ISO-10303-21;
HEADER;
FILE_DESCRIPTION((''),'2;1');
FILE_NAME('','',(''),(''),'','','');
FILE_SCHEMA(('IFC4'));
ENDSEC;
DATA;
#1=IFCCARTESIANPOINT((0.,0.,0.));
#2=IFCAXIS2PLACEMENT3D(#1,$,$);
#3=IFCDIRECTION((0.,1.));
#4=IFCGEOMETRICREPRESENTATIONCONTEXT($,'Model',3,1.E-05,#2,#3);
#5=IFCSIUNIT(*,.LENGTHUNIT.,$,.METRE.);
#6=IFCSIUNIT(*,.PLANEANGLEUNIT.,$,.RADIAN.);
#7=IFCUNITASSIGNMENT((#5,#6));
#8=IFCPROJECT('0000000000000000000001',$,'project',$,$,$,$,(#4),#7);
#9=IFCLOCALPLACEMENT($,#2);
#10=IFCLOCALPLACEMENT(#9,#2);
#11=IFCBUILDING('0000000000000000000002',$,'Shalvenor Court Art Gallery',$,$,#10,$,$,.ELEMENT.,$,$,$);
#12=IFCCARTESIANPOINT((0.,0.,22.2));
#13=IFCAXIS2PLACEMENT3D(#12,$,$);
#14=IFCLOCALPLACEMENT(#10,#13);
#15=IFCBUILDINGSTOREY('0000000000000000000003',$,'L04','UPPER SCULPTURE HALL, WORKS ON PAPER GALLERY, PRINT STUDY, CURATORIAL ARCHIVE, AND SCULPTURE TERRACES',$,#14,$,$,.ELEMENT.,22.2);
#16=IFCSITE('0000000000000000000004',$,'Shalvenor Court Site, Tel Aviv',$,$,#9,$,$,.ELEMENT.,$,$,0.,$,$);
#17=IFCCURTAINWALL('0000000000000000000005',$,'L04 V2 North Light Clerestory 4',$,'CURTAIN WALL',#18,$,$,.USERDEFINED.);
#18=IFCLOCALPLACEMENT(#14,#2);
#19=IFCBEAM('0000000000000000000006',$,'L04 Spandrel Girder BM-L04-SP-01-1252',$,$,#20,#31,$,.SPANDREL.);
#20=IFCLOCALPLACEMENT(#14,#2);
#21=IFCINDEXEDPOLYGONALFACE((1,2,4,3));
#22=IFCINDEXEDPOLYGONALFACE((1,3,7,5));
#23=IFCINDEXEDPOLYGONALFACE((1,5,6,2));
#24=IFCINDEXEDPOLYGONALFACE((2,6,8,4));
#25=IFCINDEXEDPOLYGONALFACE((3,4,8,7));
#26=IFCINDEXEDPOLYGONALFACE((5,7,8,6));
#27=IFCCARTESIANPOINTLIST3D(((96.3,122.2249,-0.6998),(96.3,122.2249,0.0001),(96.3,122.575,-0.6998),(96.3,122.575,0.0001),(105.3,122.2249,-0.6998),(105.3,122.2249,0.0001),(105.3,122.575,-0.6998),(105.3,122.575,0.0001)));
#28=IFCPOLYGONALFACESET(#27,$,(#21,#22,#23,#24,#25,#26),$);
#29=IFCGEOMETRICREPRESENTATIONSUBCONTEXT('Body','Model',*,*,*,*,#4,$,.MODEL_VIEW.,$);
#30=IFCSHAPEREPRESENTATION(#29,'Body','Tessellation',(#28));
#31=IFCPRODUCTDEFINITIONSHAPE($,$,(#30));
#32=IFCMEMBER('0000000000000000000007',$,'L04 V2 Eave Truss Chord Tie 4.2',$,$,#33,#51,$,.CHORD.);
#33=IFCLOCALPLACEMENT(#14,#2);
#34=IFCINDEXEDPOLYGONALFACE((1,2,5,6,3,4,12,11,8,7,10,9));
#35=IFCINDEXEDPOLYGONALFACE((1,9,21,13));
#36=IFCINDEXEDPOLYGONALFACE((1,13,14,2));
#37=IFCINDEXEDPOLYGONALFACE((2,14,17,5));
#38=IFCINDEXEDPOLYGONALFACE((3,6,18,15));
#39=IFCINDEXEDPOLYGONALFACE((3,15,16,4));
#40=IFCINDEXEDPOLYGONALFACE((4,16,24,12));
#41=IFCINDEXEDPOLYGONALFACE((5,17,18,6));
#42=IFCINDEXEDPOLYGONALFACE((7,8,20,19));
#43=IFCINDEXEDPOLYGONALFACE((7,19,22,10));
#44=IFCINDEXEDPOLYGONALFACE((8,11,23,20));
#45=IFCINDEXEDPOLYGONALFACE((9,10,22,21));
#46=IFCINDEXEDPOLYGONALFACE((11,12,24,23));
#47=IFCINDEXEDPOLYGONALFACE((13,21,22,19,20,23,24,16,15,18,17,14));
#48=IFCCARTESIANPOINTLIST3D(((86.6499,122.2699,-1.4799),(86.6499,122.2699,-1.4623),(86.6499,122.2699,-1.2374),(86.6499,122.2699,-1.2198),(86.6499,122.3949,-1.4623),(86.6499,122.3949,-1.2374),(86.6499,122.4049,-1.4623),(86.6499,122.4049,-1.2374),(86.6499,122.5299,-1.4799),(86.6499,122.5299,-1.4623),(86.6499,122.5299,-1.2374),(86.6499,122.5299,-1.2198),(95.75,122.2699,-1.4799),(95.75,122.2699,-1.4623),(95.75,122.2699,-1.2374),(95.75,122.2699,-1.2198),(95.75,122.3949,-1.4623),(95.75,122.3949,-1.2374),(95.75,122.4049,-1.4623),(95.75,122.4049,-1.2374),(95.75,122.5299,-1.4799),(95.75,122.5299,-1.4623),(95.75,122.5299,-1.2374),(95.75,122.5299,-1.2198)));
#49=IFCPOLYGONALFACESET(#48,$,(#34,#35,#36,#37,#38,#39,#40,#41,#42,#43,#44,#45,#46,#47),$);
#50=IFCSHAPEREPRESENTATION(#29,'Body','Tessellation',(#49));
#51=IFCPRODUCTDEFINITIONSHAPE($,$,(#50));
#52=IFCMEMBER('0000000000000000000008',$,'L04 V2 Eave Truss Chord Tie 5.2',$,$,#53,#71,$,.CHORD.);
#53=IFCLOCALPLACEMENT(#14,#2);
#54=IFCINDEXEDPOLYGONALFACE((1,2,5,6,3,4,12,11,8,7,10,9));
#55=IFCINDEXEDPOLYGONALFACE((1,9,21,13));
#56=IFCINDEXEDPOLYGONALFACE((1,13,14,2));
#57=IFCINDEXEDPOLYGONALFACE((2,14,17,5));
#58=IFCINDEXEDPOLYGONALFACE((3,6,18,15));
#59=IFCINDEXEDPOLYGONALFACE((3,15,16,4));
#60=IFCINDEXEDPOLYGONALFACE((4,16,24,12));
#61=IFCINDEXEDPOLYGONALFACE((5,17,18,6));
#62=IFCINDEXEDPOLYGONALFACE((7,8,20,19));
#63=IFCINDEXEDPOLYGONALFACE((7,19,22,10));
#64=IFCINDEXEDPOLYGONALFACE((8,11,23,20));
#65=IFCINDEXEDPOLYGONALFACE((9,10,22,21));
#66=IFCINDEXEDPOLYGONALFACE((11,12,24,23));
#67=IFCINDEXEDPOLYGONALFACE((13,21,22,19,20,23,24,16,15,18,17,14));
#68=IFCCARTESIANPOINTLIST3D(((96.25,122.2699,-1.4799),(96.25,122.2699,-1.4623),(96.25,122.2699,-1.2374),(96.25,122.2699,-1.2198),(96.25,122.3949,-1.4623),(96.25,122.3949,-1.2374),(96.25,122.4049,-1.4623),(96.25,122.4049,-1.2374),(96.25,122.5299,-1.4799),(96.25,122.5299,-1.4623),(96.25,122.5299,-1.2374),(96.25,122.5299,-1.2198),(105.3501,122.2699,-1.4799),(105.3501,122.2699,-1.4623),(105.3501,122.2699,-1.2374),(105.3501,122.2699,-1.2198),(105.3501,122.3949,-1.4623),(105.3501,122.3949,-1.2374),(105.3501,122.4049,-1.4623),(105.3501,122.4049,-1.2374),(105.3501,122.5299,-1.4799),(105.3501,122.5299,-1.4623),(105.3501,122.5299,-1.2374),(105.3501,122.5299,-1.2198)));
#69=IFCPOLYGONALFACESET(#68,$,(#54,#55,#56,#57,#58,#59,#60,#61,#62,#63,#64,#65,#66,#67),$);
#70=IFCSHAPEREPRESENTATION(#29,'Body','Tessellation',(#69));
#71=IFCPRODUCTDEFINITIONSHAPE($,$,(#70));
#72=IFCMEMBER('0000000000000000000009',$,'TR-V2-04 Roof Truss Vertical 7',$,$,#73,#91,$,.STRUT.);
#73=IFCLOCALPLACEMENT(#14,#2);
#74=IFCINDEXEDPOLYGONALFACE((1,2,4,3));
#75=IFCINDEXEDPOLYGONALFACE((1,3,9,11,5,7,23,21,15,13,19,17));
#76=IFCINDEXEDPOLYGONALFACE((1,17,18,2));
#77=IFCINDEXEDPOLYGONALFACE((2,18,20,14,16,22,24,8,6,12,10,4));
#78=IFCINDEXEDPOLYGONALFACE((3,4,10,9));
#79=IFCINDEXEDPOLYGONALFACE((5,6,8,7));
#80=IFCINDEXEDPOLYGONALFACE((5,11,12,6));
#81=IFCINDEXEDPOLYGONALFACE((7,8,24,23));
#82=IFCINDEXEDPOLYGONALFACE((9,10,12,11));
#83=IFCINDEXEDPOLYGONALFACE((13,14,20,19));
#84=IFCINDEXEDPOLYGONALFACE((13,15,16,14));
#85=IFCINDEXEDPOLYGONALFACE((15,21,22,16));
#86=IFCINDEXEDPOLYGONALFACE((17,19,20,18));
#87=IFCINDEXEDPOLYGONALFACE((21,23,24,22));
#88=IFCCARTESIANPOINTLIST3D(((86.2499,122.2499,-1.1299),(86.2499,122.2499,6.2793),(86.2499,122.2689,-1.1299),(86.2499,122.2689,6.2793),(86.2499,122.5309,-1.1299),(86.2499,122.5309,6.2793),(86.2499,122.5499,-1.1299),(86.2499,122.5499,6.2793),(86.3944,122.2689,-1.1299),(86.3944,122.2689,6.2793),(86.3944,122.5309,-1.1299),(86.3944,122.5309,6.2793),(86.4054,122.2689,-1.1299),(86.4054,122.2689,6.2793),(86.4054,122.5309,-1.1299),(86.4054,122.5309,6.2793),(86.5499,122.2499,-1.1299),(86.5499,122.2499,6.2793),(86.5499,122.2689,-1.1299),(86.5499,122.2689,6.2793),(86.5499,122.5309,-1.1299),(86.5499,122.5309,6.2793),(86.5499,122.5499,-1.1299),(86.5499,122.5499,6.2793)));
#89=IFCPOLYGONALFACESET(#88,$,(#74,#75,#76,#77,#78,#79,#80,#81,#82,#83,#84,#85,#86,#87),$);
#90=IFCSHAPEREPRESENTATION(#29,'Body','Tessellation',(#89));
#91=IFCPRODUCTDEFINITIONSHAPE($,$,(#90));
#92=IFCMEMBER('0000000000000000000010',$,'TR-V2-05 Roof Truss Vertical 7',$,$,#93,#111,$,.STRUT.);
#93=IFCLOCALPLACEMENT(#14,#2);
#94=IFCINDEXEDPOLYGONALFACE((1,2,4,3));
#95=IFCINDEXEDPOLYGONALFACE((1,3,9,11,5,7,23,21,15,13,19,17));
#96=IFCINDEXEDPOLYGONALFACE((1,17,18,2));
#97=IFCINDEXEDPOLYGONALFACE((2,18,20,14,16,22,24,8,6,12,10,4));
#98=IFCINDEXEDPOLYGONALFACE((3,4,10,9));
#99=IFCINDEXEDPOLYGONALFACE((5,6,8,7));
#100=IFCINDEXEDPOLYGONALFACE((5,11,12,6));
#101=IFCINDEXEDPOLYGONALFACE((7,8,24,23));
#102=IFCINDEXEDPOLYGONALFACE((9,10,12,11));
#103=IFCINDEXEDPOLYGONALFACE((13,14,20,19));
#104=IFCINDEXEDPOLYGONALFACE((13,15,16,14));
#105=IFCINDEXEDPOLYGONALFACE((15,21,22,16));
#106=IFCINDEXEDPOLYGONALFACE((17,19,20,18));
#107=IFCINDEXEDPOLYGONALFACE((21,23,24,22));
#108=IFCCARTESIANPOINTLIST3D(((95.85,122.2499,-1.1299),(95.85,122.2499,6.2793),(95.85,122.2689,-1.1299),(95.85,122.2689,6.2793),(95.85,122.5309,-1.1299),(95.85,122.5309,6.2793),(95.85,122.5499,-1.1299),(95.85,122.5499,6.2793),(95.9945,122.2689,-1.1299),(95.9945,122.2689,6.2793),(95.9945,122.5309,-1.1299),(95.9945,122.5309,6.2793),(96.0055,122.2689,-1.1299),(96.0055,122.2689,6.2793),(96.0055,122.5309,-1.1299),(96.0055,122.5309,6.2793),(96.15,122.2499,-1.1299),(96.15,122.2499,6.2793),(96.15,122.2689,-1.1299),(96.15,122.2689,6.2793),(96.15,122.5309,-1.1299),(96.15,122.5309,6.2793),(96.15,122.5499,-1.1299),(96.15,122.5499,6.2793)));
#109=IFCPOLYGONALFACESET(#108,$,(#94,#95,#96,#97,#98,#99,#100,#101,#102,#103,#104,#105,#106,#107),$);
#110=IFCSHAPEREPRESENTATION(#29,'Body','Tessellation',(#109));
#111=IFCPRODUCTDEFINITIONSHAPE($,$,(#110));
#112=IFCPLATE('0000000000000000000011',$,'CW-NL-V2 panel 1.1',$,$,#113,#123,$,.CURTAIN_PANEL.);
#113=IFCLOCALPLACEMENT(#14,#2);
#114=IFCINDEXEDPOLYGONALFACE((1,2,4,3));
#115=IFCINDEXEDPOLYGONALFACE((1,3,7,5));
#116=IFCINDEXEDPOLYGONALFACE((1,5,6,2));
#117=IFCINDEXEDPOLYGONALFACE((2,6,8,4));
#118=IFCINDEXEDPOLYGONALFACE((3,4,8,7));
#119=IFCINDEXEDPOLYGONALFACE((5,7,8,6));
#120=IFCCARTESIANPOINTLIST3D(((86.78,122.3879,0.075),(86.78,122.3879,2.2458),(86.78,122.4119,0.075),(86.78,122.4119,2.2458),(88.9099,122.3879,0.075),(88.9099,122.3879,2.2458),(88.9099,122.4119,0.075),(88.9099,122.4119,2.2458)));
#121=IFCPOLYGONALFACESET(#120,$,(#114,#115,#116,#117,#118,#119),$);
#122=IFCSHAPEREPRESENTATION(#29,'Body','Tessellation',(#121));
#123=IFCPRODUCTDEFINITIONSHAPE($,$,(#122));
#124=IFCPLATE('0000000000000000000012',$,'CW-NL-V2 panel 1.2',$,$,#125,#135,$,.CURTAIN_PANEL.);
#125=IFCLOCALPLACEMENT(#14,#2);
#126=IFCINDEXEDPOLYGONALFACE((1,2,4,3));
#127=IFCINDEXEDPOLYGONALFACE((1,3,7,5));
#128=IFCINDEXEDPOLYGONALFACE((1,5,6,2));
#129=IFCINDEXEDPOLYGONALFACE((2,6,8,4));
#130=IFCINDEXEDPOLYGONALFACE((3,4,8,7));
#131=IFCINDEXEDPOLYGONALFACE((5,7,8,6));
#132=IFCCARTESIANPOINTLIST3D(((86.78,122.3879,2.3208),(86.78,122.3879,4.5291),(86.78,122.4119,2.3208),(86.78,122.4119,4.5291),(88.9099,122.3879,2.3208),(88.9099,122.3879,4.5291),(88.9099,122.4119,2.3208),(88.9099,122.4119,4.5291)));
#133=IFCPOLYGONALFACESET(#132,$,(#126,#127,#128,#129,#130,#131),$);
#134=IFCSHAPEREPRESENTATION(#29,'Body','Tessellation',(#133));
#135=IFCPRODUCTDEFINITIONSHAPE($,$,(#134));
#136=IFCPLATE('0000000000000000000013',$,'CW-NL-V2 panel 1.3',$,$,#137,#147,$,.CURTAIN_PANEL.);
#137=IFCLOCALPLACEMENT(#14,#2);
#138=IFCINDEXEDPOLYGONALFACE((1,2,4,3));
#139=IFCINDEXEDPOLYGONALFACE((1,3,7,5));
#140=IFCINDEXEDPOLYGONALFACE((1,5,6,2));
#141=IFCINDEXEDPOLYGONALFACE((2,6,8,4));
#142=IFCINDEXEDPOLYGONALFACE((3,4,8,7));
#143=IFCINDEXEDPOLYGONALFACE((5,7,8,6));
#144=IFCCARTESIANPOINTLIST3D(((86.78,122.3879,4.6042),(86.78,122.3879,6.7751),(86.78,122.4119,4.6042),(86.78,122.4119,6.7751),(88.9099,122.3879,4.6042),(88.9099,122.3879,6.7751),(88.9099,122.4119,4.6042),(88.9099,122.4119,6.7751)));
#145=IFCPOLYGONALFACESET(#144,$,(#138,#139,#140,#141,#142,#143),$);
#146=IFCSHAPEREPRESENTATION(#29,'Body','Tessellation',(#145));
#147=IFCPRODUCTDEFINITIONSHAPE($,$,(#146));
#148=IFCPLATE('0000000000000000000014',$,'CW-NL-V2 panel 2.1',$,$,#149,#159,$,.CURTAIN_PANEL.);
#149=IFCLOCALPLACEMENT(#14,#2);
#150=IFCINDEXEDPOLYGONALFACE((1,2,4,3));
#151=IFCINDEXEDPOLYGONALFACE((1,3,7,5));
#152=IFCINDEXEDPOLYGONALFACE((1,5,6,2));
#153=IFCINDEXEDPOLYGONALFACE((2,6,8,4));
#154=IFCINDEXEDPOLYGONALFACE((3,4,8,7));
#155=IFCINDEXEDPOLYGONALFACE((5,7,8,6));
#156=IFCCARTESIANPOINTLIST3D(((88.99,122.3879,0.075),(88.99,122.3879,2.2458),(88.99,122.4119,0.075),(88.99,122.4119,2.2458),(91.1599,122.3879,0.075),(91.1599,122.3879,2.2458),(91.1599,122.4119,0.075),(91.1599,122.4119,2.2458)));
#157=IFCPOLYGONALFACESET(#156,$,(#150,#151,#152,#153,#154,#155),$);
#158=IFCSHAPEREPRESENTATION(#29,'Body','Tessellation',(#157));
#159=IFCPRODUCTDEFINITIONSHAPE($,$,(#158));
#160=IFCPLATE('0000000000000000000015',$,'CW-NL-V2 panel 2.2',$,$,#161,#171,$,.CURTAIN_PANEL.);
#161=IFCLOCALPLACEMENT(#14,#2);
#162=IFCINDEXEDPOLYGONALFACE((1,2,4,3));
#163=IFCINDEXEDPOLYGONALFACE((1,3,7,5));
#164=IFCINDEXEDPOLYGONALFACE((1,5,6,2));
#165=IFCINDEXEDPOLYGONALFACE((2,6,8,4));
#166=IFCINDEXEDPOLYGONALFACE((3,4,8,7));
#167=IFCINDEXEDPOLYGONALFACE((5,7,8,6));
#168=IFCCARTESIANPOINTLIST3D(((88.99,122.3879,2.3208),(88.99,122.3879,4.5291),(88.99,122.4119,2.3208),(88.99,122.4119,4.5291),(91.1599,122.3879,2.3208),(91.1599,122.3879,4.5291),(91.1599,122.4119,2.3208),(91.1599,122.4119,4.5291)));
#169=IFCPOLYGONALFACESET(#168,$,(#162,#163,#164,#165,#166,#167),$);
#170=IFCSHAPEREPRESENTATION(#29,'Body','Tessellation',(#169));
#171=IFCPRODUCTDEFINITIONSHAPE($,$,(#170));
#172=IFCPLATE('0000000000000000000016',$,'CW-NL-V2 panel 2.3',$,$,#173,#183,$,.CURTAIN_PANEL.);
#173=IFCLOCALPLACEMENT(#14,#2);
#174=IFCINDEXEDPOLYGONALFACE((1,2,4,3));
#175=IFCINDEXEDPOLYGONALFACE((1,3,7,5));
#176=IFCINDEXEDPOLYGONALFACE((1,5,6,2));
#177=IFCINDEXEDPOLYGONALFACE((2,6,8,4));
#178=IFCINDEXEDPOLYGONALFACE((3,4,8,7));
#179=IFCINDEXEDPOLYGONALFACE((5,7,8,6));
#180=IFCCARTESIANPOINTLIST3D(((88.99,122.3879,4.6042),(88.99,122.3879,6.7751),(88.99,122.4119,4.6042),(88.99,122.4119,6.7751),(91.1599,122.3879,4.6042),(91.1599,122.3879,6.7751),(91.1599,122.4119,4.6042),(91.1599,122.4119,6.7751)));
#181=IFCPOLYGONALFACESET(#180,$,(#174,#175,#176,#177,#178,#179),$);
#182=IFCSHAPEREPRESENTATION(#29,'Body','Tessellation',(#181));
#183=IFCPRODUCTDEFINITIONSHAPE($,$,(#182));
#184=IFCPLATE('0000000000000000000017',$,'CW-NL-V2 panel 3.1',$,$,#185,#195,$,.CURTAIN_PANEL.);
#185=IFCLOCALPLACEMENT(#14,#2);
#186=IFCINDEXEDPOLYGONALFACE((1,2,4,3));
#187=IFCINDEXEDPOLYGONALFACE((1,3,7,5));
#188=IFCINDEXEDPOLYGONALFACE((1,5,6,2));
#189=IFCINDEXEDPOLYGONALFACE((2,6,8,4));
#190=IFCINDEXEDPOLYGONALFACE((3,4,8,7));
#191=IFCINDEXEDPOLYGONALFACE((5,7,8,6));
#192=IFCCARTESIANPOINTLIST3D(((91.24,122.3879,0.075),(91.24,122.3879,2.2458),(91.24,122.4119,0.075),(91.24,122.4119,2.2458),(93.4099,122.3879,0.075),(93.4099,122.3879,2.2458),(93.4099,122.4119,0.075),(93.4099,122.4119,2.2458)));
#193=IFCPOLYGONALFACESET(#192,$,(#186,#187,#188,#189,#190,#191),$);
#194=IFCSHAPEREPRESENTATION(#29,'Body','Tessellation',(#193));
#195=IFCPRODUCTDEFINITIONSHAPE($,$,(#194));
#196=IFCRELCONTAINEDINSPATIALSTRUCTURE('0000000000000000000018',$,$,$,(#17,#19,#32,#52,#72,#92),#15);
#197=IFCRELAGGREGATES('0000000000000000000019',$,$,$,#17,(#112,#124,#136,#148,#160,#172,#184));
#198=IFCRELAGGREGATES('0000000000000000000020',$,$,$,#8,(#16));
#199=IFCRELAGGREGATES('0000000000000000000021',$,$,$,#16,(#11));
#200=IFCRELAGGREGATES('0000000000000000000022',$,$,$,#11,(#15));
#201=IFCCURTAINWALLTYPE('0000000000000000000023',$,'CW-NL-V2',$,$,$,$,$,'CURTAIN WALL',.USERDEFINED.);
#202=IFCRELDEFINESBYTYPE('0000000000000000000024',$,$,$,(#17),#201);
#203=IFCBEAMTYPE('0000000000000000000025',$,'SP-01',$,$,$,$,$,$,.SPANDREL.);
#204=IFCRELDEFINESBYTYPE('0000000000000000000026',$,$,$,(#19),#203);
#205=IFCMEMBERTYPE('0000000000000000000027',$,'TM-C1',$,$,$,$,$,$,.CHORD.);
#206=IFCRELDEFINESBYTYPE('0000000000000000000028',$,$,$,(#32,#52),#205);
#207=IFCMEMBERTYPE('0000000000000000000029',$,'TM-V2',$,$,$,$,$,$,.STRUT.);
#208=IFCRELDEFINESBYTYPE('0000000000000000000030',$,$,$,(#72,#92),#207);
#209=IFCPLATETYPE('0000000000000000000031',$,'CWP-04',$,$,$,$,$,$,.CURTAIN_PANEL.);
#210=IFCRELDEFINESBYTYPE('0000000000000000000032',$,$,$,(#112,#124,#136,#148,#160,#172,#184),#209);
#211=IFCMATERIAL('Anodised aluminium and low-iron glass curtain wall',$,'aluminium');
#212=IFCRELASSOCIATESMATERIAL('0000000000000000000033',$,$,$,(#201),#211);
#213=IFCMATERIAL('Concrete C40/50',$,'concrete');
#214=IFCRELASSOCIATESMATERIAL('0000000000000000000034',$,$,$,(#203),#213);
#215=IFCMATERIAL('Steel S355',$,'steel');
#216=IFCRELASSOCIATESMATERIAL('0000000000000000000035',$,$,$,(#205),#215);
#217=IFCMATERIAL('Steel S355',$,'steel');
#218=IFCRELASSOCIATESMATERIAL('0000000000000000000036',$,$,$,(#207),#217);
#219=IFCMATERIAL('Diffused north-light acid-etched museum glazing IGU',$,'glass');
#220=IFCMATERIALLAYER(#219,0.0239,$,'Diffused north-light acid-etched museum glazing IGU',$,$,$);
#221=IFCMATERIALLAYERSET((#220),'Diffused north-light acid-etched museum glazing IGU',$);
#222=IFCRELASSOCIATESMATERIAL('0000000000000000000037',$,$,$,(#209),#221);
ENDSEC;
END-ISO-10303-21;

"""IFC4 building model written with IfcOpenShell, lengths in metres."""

from ifc_helpers import new_model, si_unit, direction, frame, origin, origin_2d, place, context, subcontext, project, spatial, rectangle, i_section, extrude, material, layer, layer_set, material_profile, profile_set, type_object, element, aggregate, save


model = new_model("IFC4")

# Units and contexts
model_context = context("Model", 3, precision=1e-05, world=origin(), true_north=direction((0.0, 1.0)))
body_context = subcontext(model_context, "Body", "Model", "MODEL_VIEW")
ifc_project = project(units=[si_unit("LENGTHUNIT", "METRE"), si_unit("PLANEANGLEUNIT", "RADIAN")], contexts=[model_context])

# Site, building, storey
site_placement = place(None, origin())
site = spatial("IfcSite", under=ifc_project, at=site_placement, Name="Shalvenor Court Site, Tel Aviv", CompositionType="ELEMENT", RefElevation=0.0)
building_placement = place(site_placement, origin())
building = spatial("IfcBuilding", under=site, at=building_placement, Name="Shalvenor Court Art Gallery", CompositionType="ELEMENT")
storey_placement = place(building_placement, frame((0.0, 0.0, 22.2)))
storey = spatial("IfcBuildingStorey", under=building, at=storey_placement, Name="L04", Description="UPPER SCULPTURE HALL, WORKS ON PAPER GALLERY, PRINT STUDY, CURATORIAL ARCHIVE, AND SCULPTURE TERRACES", CompositionType="ELEMENT", Elevation=22.2)

# Curtain wall
ifc_material_1 = material(Name="Anodised aluminium and low-iron glass curtain wall", Category="aluminium")
curtain_wall_type = type_object("IfcCurtainWallType", Name="CW-NL-V2", ElementType="CURTAIN WALL", PredefinedType="USERDEFINED", material=ifc_material_1)
curtain_wall_1_placement = place(storey_placement, origin())
curtain_wall_1 = element("IfcCurtainWall", 1, at=curtain_wall_1_placement, inside=storey, type_object=curtain_wall_type, Name="L04 V2 North Light Clerestory 4", ObjectType="CURTAIN WALL", PredefinedType="USERDEFINED")

# Beam
ifc_material_2 = material(Name="Concrete C40/50", Category="concrete")
ifc_material_profile_1 = material_profile(ifc_material_2, rectangle(XDim=0.3501, YDim=0.7, at=origin_2d()), Name="RC 350x700")
ifc_profile_set_1 = profile_set([ifc_material_profile_1], Name="Concrete C40/50")
beam_type = type_object("IfcBeamType", Name="SP-01", PredefinedType="SPANDREL", material=ifc_profile_set_1)
for number, where, z_axis, x_axis, name in (
    (2, (96.3, 122.3999, -0.3499), (1.0, 0.0, 0.0), (0.0, 1.0, 0.0), "L04 Spandrel Girder BM-L04-SP-01-1252"),
):
    element("IfcBeam", number, at=place(storey_placement, frame(where, z_axis=z_axis, x_axis=x_axis)), inside=storey, type_object=beam_type, Name=name, PredefinedType="SPANDREL", context=body_context, shape_type="SweptSolid", body=[
        extrude(rectangle(XDim=0.3501, YDim=0.7, at=origin_2d()), origin(), (0.0, 0.0, 1.0), 9.0),
    ])

# Members
ifc_material_3 = material(Name="Steel S355", Category="steel")
ifc_material_profile_2 = material_profile(ifc_material_3, i_section(OverallWidth=0.26, OverallDepth=0.26, WebThickness=0.01, FlangeThickness=0.0176, at=origin_2d()), Name="HEB 260")
ifc_profile_set_2 = profile_set([ifc_material_profile_2], Name="Steel S355")
member_type_1 = type_object("IfcMemberType", Name="TM-C1", PredefinedType="CHORD", material=ifc_profile_set_2)
for number, where, z_axis, x_axis, name in (
    (3, (86.6499, 122.3999, -1.3499), (1.0, 0.0, 0.0), (0.0, 1.0, 0.0), "L04 V2 Eave Truss Chord Tie 4.2"),
    (4, (96.25, 122.3999, -1.3499), (1.0, 0.0, 0.0), (0.0, 1.0, 0.0), "L04 V2 Eave Truss Chord Tie 5.2"),
):
    element("IfcMember", number, at=place(storey_placement, frame(where, z_axis=z_axis, x_axis=x_axis)), inside=storey, type_object=member_type_1, Name=name, PredefinedType="CHORD", context=body_context, shape_type="SweptSolid", body=[
        extrude(i_section(OverallWidth=0.26, OverallDepth=0.26, WebThickness=0.01, FlangeThickness=0.0176, at=origin_2d()), origin(), (0.0, 0.0, 1.0), 9.1001),
    ])
ifc_material_4 = material(Name="Steel S355", Category="steel")
ifc_material_profile_3 = material_profile(ifc_material_4, i_section(OverallWidth=0.3, OverallDepth=0.3, WebThickness=0.011, FlangeThickness=0.019, at=origin_2d()), Name="HEB 300")
ifc_profile_set_3 = profile_set([ifc_material_profile_3], Name="Steel S355")
member_type_2 = type_object("IfcMemberType", Name="TM-V2", PredefinedType="STRUT", material=ifc_profile_set_3)
for number, where, z_axis, x_axis, name in (
    (5, (86.3999, 122.3999, -1.1299), (0.0, 0.0, 1.0), (1.0, 0.0, 0.0), "TR-V2-04 Roof Truss Vertical 7"),
    (6, (96.0, 122.3999, -1.1299), (0.0, 0.0, 1.0), (1.0, 0.0, 0.0), "TR-V2-05 Roof Truss Vertical 7"),
):
    element("IfcMember", number, at=place(storey_placement, frame(where, z_axis=z_axis, x_axis=x_axis)), inside=storey, type_object=member_type_2, Name=name, PredefinedType="STRUT", context=body_context, shape_type="SweptSolid", body=[
        extrude(i_section(OverallWidth=0.3, OverallDepth=0.3, WebThickness=0.011, FlangeThickness=0.019, at=origin_2d()), origin(), (0.0, 0.0, 1.0), 7.4092),
    ])

# Plates
ifc_material_5 = material(Name="Diffused north-light acid-etched museum glazing IGU", Category="glass")
ifc_layer_1 = layer(ifc_material_5, 0.0239, Name="Diffused north-light acid-etched museum glazing IGU")
ifc_layer_set_1 = layer_set([ifc_layer_1], Name="Diffused north-light acid-etched museum glazing IGU")
plate_type_1 = type_object("IfcPlateType", Name="CWP-04", PredefinedType="CURTAIN_PANEL", material=ifc_layer_set_1)
plate_1_placement = place(storey_placement, frame((87.845, 122.3999, 0.075), z_axis=(0.0, 0.0, 1.0), x_axis=(1.0, 0.0, 0.0)))
plate_1 = element("IfcPlate", 7, at=plate_1_placement, type_object=plate_type_1, Name="CW-NL-V2 panel 1.1", PredefinedType="CURTAIN_PANEL", context=body_context, shape_type="SweptSolid", body=[
    extrude(rectangle(XDim=2.1299, YDim=0.0239, at=origin_2d()), origin(), (0.0, 0.0, 1.0), 2.1709),
])
plate_2_placement = place(storey_placement, frame((87.845, 122.3999, 2.3208), z_axis=(0.0, 0.0, 1.0), x_axis=(1.0, 0.0, 0.0)))
plate_2 = element("IfcPlate", 8, at=plate_2_placement, type_object=plate_type_1, Name="CW-NL-V2 panel 1.2", PredefinedType="CURTAIN_PANEL", context=body_context, shape_type="SweptSolid", body=[
    extrude(rectangle(XDim=2.1299, YDim=0.0239, at=origin_2d()), origin(), (0.0, 0.0, 1.0), 2.2083),
])
plate_3_placement = place(storey_placement, frame((87.845, 122.3999, 4.6042), z_axis=(0.0, 0.0, 1.0), x_axis=(1.0, 0.0, 0.0)))
plate_3 = element("IfcPlate", 9, at=plate_3_placement, type_object=plate_type_1, Name="CW-NL-V2 panel 1.3", PredefinedType="CURTAIN_PANEL", context=body_context, shape_type="SweptSolid", body=[
    extrude(rectangle(XDim=2.1299, YDim=0.0239, at=origin_2d()), origin(), (0.0, 0.0, 1.0), 2.1709),
])
plate_4_placement = place(storey_placement, frame((90.075, 122.3999, 0.075), z_axis=(0.0, 0.0, 1.0), x_axis=(1.0, 0.0, 0.0)))
plate_4 = element("IfcPlate", 10, at=plate_4_placement, type_object=plate_type_1, Name="CW-NL-V2 panel 2.1", PredefinedType="CURTAIN_PANEL", context=body_context, shape_type="SweptSolid", body=[
    extrude(rectangle(XDim=2.1699, YDim=0.0239, at=origin_2d()), origin(), (0.0, 0.0, 1.0), 2.1709),
])
plate_5_placement = place(storey_placement, frame((90.075, 122.3999, 2.3208), z_axis=(0.0, 0.0, 1.0), x_axis=(1.0, 0.0, 0.0)))
plate_5 = element("IfcPlate", 11, at=plate_5_placement, type_object=plate_type_1, Name="CW-NL-V2 panel 2.2", PredefinedType="CURTAIN_PANEL", context=body_context, shape_type="SweptSolid", body=[
    extrude(rectangle(XDim=2.1699, YDim=0.0239, at=origin_2d()), origin(), (0.0, 0.0, 1.0), 2.2083),
])
plate_6_placement = place(storey_placement, frame((90.075, 122.3999, 4.6042), z_axis=(0.0, 0.0, 1.0), x_axis=(1.0, 0.0, 0.0)))
plate_6 = element("IfcPlate", 12, at=plate_6_placement, type_object=plate_type_1, Name="CW-NL-V2 panel 2.3", PredefinedType="CURTAIN_PANEL", context=body_context, shape_type="SweptSolid", body=[
    extrude(rectangle(XDim=2.1699, YDim=0.0239, at=origin_2d()), origin(), (0.0, 0.0, 1.0), 2.1709),
])
plate_7_placement = place(storey_placement, frame((92.325, 122.3999, 0.075), z_axis=(0.0, 0.0, 1.0), x_axis=(1.0, 0.0, 0.0)))
plate_7 = element("IfcPlate", 13, at=plate_7_placement, type_object=plate_type_1, Name="CW-NL-V2 panel 3.1", PredefinedType="CURTAIN_PANEL", context=body_context, shape_type="SweptSolid", body=[
    extrude(rectangle(XDim=2.1699, YDim=0.0239, at=origin_2d()), origin(), (0.0, 0.0, 1.0), 2.1709),
])
aggregate(curtain_wall_1, [plate_1, plate_2, plate_3, plate_4, plate_5, plate_6, plate_7])

save(model, "model.ifc")
